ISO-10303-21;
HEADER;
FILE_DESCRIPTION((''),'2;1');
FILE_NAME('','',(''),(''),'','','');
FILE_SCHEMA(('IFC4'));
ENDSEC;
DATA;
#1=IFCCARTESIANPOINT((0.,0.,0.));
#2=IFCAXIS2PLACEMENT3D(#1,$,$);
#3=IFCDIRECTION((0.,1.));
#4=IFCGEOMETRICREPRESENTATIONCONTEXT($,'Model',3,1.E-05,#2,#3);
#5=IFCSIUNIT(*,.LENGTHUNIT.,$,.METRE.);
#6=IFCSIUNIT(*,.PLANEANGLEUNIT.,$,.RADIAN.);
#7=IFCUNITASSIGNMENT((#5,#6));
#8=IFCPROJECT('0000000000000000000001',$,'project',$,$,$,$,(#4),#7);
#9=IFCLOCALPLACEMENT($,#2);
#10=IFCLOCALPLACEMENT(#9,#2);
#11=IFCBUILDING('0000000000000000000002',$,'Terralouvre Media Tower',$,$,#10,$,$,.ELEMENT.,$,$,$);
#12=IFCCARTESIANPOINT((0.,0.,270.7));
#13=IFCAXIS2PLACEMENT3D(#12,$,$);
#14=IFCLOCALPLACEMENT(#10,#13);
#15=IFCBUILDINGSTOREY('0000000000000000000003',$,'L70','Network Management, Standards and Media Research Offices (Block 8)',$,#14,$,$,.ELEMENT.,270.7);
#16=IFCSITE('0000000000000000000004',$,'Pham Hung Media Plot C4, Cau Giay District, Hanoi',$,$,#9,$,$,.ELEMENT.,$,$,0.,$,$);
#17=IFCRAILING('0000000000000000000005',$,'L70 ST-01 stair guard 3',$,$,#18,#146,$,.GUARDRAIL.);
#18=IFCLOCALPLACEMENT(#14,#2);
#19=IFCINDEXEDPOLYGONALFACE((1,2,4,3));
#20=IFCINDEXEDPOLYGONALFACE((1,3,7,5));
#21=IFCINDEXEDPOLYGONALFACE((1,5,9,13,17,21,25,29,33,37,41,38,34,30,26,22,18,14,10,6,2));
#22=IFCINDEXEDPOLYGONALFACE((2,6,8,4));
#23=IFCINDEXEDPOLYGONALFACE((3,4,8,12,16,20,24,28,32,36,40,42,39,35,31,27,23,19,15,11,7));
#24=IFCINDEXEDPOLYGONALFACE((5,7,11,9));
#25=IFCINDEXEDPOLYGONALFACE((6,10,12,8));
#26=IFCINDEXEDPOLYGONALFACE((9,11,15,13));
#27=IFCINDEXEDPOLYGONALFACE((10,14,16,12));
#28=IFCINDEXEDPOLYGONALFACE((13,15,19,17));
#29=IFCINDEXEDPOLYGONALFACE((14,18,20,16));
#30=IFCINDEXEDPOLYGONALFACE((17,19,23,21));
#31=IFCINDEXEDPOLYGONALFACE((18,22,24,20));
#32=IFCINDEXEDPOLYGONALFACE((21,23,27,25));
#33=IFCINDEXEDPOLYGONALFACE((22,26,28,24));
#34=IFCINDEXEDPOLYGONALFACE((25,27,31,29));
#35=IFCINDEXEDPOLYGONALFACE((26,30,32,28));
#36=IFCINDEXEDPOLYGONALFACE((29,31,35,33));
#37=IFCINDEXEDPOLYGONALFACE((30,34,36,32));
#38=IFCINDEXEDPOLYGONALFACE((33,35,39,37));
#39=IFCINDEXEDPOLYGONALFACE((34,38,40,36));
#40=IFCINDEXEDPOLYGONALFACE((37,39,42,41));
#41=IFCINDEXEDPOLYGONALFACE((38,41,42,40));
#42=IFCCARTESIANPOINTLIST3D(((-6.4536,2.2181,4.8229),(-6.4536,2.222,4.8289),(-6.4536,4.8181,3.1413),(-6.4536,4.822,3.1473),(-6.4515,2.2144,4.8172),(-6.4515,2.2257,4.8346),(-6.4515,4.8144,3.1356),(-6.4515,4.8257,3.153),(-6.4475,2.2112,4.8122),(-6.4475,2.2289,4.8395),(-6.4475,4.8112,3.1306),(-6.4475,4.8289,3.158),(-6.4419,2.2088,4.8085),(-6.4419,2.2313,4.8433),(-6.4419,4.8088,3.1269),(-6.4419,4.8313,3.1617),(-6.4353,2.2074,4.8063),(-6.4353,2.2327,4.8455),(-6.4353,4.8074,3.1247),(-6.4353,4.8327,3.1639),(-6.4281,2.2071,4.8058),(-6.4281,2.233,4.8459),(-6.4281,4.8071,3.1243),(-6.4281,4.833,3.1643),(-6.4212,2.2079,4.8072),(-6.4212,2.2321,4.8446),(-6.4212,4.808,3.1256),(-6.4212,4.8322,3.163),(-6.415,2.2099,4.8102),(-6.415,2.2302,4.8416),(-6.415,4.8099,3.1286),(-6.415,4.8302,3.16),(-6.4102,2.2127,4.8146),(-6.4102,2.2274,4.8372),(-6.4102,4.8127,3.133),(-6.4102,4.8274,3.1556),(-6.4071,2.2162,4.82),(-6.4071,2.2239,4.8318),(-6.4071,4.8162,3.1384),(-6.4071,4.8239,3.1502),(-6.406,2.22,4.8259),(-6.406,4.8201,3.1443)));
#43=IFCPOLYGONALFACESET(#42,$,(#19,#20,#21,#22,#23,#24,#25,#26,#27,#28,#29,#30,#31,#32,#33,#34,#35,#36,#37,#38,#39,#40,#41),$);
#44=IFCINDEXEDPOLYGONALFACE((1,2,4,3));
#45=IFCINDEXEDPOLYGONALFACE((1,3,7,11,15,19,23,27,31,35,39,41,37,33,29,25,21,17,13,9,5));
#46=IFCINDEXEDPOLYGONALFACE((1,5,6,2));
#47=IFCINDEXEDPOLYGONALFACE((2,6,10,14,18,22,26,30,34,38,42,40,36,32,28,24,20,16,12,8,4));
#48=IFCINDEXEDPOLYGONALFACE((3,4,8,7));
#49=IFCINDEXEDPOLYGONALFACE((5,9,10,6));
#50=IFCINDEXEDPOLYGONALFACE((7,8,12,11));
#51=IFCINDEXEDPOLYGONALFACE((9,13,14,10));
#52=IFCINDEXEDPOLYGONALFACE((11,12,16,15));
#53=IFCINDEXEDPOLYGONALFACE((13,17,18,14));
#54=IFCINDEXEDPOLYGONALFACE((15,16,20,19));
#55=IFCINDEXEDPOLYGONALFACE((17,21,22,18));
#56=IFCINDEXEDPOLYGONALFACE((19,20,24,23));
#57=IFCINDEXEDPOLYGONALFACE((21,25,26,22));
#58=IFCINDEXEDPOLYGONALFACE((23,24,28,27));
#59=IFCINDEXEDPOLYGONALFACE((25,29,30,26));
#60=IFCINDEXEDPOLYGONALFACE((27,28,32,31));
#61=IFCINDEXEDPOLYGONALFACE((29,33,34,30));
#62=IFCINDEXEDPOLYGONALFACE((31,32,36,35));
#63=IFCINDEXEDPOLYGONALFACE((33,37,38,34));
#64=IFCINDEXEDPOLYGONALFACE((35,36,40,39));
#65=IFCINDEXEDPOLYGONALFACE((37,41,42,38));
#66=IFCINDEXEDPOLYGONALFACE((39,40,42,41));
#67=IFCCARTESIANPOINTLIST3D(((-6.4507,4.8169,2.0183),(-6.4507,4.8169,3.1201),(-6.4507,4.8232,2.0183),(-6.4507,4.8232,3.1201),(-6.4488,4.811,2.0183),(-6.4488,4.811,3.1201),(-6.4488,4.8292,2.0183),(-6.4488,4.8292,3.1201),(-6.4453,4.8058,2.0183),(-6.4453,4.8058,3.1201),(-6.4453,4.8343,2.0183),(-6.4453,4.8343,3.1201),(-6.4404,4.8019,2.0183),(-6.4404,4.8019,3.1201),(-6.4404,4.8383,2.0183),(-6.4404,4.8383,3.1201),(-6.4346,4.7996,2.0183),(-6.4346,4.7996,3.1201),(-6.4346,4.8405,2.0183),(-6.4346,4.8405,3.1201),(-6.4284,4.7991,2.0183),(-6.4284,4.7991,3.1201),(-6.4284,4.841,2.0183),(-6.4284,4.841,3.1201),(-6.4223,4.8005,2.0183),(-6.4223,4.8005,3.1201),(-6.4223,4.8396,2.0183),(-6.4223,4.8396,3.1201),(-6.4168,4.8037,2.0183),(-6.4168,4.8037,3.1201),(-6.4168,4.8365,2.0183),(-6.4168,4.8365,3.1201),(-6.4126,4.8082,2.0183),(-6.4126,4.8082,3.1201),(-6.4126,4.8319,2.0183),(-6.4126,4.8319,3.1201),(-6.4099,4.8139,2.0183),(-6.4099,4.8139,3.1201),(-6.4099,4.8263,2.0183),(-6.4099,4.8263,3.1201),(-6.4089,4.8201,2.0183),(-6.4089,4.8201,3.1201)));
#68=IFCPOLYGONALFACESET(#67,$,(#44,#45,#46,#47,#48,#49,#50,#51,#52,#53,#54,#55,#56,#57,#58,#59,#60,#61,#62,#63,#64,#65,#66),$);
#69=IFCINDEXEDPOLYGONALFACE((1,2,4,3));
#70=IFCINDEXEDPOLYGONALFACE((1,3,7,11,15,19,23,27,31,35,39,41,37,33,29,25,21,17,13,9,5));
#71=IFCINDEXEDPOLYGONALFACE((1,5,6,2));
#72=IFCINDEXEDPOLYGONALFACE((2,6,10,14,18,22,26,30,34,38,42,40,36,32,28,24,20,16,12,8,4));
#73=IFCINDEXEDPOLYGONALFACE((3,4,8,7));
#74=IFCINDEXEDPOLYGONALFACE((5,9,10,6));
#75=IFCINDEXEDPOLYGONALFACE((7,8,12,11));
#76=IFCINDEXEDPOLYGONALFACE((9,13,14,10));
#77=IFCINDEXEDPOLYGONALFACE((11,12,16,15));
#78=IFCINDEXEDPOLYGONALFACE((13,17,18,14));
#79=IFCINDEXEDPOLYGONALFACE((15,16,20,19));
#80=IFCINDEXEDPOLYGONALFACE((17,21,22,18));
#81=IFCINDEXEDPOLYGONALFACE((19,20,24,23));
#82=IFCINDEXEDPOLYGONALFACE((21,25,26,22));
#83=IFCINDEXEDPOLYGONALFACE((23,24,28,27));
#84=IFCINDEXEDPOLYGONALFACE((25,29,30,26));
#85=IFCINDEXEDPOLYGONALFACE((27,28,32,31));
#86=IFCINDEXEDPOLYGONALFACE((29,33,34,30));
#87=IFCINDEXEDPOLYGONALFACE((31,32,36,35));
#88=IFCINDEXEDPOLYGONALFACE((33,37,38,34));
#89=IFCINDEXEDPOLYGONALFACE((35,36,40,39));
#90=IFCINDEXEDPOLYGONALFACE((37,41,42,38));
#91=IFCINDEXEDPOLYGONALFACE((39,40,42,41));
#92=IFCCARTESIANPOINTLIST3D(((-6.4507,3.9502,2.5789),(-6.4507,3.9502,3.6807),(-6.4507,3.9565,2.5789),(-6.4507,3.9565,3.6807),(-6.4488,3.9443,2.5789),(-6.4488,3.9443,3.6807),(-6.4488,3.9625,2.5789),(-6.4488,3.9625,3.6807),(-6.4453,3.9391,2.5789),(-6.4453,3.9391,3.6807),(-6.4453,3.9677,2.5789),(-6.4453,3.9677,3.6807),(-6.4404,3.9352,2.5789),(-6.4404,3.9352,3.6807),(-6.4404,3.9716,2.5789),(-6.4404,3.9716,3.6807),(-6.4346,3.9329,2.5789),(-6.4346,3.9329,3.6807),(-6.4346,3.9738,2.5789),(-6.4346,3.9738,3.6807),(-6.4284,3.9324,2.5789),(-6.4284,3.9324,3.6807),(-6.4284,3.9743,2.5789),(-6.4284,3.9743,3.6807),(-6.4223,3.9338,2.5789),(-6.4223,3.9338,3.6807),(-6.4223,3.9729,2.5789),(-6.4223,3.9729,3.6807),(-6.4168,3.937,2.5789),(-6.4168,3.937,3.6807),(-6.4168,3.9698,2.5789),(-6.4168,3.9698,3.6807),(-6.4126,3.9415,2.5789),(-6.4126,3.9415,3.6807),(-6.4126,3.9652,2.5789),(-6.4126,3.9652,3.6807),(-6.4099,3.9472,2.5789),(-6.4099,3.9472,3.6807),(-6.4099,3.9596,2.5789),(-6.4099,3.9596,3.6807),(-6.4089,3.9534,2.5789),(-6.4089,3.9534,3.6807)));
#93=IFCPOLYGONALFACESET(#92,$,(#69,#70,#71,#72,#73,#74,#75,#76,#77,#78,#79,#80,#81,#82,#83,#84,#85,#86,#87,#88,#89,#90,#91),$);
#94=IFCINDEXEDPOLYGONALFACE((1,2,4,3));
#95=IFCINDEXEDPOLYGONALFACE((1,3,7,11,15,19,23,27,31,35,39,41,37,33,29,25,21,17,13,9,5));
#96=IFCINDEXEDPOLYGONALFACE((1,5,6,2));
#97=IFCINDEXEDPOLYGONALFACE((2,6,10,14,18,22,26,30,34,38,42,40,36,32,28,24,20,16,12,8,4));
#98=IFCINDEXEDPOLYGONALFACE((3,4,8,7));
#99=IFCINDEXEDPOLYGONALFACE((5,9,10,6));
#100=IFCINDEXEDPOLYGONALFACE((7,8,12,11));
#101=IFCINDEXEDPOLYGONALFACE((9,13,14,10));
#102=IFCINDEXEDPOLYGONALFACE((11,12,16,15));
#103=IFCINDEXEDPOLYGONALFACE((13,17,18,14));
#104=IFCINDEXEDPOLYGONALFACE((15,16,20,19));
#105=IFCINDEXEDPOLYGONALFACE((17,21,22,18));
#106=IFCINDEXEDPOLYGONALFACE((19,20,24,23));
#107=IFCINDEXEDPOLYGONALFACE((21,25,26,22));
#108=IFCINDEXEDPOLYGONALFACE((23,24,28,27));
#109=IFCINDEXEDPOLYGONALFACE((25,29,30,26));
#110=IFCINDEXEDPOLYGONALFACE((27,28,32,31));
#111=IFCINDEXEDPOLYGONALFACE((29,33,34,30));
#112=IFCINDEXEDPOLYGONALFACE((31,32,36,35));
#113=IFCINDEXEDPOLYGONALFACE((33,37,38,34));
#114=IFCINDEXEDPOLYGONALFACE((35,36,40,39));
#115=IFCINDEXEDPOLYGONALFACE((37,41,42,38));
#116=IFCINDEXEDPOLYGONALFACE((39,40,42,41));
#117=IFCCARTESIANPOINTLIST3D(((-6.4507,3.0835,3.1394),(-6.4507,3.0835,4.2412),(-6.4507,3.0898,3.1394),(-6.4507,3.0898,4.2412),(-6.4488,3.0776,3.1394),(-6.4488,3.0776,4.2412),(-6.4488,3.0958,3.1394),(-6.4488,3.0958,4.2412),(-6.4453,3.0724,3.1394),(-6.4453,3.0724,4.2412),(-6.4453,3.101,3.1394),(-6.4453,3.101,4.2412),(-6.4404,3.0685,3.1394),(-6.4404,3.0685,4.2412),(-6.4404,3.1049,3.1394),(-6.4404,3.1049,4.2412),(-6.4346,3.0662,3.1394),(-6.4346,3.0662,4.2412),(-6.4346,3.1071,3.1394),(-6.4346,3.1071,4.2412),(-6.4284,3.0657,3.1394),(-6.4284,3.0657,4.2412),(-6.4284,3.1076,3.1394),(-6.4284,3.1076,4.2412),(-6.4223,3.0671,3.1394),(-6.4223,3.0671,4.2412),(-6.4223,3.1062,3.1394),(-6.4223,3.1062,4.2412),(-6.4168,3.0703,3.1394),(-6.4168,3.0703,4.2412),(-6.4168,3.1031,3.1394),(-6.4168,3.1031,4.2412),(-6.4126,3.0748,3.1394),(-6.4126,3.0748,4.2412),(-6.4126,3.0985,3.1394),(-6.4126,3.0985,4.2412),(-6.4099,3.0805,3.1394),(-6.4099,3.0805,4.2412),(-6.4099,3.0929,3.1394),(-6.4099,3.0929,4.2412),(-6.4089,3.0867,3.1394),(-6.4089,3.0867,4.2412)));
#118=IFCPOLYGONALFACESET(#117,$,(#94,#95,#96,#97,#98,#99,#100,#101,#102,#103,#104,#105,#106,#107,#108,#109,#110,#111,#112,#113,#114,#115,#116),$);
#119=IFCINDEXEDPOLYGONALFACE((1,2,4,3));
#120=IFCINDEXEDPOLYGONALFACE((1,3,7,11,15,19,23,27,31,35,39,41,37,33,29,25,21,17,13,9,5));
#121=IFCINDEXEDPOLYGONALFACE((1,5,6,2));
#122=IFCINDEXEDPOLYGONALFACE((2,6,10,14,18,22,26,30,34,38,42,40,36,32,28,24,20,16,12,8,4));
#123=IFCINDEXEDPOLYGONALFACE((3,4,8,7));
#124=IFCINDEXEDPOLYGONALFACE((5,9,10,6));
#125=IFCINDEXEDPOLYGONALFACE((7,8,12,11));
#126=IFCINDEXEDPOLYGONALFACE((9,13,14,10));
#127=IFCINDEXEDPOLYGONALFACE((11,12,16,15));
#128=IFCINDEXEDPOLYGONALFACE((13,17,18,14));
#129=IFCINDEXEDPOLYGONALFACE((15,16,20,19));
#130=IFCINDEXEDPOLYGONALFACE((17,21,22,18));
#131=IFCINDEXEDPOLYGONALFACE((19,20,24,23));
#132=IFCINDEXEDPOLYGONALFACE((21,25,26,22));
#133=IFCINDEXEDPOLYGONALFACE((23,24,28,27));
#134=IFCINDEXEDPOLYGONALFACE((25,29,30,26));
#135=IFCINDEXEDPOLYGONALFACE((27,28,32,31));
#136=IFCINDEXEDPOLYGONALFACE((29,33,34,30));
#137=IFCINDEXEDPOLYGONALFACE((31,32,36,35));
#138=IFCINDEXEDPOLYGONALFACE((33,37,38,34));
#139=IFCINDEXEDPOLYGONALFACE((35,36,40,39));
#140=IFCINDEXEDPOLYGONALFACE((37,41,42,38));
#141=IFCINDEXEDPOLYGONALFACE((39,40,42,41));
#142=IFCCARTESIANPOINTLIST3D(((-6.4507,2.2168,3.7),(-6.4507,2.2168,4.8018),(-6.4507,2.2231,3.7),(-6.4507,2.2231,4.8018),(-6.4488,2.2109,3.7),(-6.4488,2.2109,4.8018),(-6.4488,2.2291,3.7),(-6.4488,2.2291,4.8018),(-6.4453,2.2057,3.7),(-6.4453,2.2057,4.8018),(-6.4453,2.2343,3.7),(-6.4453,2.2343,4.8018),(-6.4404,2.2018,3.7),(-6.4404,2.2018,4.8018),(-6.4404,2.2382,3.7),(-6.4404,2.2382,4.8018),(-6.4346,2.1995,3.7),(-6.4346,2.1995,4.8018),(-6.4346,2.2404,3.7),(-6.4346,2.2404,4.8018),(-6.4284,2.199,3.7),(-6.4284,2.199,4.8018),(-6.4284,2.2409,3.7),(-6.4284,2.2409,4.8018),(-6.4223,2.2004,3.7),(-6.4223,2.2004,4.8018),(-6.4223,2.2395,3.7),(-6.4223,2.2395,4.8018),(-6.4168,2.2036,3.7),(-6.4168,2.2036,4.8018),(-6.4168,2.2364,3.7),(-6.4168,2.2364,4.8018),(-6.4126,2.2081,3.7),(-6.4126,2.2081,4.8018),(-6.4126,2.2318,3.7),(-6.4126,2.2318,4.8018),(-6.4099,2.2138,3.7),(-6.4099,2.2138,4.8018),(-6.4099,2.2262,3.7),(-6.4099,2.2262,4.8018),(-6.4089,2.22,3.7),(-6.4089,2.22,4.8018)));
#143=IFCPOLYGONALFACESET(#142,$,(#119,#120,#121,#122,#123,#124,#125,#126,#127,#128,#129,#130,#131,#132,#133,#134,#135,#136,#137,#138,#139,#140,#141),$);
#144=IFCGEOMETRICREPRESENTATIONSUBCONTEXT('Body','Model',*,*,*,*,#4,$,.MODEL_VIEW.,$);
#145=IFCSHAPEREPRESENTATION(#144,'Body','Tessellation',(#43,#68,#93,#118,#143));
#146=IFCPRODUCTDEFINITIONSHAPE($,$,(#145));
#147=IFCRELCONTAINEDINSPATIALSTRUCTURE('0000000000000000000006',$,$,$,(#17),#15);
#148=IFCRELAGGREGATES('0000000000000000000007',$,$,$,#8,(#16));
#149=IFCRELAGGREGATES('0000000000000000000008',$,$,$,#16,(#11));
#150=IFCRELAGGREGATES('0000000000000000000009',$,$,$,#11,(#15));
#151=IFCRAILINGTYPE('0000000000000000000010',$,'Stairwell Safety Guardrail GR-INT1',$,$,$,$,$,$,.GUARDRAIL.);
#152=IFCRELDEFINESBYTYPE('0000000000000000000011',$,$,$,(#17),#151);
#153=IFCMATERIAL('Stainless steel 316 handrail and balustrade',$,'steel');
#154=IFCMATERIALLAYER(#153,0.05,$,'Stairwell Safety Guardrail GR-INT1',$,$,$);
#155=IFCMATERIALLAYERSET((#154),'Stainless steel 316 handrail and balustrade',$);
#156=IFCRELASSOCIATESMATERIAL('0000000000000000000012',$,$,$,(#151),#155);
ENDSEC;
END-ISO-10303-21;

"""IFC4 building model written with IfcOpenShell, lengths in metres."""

from ifc_helpers import new_model, si_unit, direction, frame, origin, origin_2d, place, context, subcontext, project, spatial, circle, extrude, material, layer, layer_set, type_object, element, save


model = new_model("IFC4")

# Units and contexts
model_context = context("Model", 3, precision=1e-05, world=origin(), true_north=direction((0.0, 1.0)))
body_context = subcontext(model_context, "Body", "Model", "MODEL_VIEW")
ifc_project = project(units=[si_unit("LENGTHUNIT", "METRE"), si_unit("PLANEANGLEUNIT", "RADIAN")], contexts=[model_context])

# Site, building, storey
site_placement = place(None, origin())
site = spatial("IfcSite", under=ifc_project, at=site_placement, Name="Pham Hung Media Plot C4, Cau Giay District, Hanoi", CompositionType="ELEMENT", RefElevation=0.0)
building_placement = place(site_placement, origin())
building = spatial("IfcBuilding", under=site, at=building_placement, Name="Terralouvre Media Tower", CompositionType="ELEMENT")
storey_placement = place(building_placement, frame((0.0, 0.0, 270.7)))
storey = spatial("IfcBuildingStorey", under=building, at=storey_placement, Name="L70", Description="Network Management, Standards and Media Research Offices (Block 8)", CompositionType="ELEMENT", Elevation=270.7)

# Railing
ifc_material_1 = material(Name="Stainless steel 316 handrail and balustrade", Category="steel")
ifc_layer_1 = layer(ifc_material_1, 0.05, Name="Stairwell Safety Guardrail GR-INT1")
ifc_layer_set_1 = layer_set([ifc_layer_1], Name="Stainless steel 316 handrail and balustrade")
railing_type_1 = type_object("IfcRailingType", Name="Stairwell Safety Guardrail GR-INT1", PredefinedType="GUARDRAIL", material=ifc_layer_set_1)
railing_1_placement = place(storey_placement, frame((-6.4299, 4.8201, 2.0183)))
element("IfcRailing", 1, at=railing_1_placement, inside=storey, type_object=railing_type_1, Name="L70 ST-01 stair guard 3", PredefinedType="GUARDRAIL", context=body_context, shape_type="SweptSolid", body=[
    extrude(circle(Radius=0.0239, at=origin_2d()), frame((0.0, 0.0, 1.126), z_axis=(0.0, -0.839684, 0.543075), x_axis=(1.0, 0.0, 0.0)), (0.0, 0.0, 1.0), 3.0964),
    extrude(circle(Radius=0.021, at=origin_2d()), origin(), (0.0, 0.0, 1.0), 1.1018),
    extrude(circle(Radius=0.021, at=origin_2d()), frame((0.0, -0.8667, 0.5605)), (0.0, 0.0, 1.0), 1.1018),
    extrude(circle(Radius=0.021, at=origin_2d()), frame((0.0, -1.7334, 1.1211)), (0.0, 0.0, 1.0), 1.1018),
    extrude(circle(Radius=0.021, at=origin_2d()), frame((0.0, -2.6001, 1.6816)), (0.0, 0.0, 1.0), 1.1018),
])

save(model, "model.ifc")
